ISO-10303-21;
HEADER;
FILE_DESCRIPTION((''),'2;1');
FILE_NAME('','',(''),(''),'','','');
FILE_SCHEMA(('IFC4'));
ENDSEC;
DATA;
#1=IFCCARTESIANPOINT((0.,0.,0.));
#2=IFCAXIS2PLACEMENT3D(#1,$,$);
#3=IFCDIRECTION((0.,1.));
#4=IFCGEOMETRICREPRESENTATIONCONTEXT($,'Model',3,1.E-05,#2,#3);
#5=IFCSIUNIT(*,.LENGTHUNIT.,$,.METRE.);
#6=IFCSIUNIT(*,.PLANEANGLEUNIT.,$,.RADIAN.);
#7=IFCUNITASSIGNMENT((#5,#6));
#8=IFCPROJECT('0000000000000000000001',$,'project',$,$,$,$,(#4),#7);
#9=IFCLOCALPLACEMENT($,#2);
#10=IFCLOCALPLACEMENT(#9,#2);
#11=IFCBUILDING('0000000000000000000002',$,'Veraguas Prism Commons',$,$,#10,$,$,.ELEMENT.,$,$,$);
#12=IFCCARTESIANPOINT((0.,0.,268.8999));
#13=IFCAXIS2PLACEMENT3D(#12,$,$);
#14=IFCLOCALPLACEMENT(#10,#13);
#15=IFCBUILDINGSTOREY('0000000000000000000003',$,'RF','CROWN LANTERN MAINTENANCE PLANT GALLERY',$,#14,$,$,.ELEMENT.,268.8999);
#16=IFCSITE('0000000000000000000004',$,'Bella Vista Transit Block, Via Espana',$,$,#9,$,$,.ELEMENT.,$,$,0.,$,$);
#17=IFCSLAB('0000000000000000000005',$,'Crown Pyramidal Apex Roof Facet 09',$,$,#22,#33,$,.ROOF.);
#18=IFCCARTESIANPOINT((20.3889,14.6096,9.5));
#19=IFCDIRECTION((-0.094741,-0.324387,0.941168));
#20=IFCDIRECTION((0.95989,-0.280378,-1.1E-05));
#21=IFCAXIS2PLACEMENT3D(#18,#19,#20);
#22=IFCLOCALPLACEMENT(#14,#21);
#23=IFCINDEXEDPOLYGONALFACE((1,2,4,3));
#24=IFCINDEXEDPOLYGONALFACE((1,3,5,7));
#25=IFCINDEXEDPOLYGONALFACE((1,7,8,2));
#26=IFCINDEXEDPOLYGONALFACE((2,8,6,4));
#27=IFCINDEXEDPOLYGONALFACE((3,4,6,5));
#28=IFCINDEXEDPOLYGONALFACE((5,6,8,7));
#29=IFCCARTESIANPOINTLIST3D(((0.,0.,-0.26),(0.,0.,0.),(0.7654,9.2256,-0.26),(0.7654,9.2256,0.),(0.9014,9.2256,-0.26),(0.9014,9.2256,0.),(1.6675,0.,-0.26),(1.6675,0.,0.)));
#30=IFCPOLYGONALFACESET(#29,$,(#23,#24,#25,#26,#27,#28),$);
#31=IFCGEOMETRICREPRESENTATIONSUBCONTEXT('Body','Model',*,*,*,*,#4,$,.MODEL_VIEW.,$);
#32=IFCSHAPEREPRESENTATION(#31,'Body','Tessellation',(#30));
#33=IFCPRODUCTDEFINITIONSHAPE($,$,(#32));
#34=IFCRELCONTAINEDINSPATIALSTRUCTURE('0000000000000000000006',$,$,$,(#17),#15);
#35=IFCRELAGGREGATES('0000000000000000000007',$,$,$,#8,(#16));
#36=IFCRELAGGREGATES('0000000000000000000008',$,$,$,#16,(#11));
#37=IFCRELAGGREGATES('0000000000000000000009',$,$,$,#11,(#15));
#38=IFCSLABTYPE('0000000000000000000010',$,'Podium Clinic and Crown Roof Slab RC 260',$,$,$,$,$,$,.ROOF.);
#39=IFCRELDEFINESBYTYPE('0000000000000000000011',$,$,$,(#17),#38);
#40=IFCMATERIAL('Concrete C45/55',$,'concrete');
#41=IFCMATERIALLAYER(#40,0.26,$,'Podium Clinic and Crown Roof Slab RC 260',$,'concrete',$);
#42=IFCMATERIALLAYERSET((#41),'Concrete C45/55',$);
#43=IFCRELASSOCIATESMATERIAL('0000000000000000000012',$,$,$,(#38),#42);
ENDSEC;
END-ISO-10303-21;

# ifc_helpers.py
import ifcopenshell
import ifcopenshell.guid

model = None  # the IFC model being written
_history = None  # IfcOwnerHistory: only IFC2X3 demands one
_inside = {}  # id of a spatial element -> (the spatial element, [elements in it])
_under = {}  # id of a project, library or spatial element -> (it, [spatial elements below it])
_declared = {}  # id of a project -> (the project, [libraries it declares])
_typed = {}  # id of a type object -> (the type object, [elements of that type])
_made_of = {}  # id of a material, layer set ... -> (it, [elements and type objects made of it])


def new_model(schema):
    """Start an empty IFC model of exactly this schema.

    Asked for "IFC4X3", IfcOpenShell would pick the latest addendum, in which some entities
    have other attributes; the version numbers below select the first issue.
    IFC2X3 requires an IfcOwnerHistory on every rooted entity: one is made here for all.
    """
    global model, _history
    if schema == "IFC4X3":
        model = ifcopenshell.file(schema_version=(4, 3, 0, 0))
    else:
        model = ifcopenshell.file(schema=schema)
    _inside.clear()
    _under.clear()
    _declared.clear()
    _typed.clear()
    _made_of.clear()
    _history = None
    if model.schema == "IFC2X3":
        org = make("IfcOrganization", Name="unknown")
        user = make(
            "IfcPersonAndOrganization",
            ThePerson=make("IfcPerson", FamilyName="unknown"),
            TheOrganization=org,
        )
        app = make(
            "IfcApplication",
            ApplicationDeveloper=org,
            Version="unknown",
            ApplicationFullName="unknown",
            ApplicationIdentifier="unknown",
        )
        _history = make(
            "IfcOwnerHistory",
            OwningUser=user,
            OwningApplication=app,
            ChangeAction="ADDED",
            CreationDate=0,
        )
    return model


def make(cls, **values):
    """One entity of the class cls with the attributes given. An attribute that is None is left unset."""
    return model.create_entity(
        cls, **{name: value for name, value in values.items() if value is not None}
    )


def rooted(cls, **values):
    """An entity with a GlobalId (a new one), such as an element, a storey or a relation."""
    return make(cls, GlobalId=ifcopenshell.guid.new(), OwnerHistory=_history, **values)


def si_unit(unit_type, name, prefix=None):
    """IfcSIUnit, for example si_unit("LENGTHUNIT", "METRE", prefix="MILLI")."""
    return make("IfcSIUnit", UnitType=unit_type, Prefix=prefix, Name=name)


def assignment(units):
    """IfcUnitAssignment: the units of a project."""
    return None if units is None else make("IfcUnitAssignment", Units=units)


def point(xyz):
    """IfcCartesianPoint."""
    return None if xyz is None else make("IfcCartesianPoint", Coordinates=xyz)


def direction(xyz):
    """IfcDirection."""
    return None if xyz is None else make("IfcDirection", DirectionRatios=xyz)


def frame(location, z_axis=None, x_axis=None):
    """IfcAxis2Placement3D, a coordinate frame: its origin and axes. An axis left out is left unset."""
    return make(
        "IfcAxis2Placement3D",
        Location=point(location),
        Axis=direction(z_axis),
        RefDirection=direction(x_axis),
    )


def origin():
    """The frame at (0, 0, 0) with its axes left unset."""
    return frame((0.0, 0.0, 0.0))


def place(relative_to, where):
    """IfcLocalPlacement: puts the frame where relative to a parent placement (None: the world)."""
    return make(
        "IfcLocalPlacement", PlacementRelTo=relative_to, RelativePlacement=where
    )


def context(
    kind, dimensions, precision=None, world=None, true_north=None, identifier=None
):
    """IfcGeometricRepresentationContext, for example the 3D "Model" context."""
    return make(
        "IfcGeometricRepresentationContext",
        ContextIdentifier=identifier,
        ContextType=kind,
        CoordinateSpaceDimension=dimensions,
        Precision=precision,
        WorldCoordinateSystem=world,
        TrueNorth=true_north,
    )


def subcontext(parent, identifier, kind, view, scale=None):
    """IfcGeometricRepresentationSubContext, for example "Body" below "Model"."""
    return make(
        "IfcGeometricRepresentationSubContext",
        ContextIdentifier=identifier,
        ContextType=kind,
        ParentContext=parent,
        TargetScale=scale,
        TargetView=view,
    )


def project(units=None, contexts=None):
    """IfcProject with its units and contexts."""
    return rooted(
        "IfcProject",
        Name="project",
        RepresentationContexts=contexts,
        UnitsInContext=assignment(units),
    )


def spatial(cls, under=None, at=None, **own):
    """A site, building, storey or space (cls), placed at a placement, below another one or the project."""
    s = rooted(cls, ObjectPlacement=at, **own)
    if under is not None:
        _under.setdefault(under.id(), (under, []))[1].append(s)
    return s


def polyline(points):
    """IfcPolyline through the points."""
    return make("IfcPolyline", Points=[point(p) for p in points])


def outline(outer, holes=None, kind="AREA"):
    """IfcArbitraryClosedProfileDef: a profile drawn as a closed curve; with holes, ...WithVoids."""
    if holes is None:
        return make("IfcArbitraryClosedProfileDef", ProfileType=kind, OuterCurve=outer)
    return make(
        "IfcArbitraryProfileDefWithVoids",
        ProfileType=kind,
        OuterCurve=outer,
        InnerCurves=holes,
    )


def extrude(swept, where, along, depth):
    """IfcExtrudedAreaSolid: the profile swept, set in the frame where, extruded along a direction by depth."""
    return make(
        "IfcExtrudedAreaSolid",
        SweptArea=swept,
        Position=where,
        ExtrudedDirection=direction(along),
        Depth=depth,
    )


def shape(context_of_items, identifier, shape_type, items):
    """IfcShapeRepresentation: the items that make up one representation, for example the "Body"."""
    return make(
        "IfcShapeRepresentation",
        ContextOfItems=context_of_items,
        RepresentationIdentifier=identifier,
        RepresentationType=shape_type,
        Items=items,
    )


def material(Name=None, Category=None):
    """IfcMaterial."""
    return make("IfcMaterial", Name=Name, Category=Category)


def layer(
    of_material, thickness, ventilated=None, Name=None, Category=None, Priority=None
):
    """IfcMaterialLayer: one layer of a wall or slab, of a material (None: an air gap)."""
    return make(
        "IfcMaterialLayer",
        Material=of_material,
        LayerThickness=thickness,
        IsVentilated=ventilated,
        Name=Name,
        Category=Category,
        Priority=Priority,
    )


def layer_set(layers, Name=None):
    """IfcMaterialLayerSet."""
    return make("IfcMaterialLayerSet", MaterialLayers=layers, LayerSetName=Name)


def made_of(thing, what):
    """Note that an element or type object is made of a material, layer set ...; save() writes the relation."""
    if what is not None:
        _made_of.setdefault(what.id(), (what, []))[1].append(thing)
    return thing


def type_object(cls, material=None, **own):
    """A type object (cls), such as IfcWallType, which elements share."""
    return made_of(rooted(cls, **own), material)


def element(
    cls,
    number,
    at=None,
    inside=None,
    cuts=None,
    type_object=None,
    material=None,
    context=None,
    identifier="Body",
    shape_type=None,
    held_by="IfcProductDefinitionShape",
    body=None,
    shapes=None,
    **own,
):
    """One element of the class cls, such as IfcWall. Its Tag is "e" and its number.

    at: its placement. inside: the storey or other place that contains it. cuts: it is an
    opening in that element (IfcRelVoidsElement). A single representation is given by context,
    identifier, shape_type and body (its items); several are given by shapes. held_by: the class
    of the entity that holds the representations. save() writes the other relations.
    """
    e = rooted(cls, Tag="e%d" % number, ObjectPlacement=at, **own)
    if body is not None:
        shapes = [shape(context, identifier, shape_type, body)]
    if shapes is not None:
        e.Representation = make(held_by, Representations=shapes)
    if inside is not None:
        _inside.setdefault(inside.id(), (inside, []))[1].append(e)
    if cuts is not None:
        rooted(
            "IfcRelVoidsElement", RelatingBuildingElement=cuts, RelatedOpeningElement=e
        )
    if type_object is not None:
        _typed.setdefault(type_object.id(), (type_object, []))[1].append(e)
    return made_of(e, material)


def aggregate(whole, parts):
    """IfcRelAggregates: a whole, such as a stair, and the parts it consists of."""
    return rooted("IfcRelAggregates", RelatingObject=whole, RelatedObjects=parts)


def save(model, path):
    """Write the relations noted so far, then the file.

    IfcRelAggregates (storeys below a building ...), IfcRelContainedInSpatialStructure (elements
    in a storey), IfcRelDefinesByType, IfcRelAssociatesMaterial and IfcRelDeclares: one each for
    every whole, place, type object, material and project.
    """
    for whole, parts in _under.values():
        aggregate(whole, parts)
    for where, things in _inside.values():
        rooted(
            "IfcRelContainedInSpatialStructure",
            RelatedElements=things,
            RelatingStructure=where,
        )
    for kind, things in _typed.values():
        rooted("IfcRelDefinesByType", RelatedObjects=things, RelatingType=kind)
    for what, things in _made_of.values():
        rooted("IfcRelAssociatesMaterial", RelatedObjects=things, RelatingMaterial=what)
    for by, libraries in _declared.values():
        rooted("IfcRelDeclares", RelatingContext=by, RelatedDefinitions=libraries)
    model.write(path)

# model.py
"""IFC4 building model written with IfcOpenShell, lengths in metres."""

from ifc_helpers import new_model, si_unit, direction, frame, origin, place, context, subcontext, project, spatial, polyline, outline, extrude, material, layer, layer_set, type_object, element, save


model = new_model("IFC4")

# Units and contexts
model_context = context("Model", 3, precision=1e-05, world=origin(), true_north=direction((0.0, 1.0)))
body_context = subcontext(model_context, "Body", "Model", "MODEL_VIEW")
ifc_project = project(units=[si_unit("LENGTHUNIT", "METRE"), si_unit("PLANEANGLEUNIT", "RADIAN")], contexts=[model_context])

# Site, building, storey
site_placement = place(None, origin())
site = spatial("IfcSite", under=ifc_project, at=site_placement, Name="Bella Vista Transit Block, Via Espana", CompositionType="ELEMENT", RefElevation=0.0)
building_placement = place(site_placement, origin())
building = spatial("IfcBuilding", under=site, at=building_placement, Name="Veraguas Prism Commons", CompositionType="ELEMENT")
storey_placement = place(building_placement, frame((0.0, 0.0, 268.8999)))
storey = spatial("IfcBuildingStorey", under=building, at=storey_placement, Name="RF", Description="CROWN LANTERN MAINTENANCE PLANT GALLERY", CompositionType="ELEMENT", Elevation=268.8999)

# Slab
ifc_material_1 = material(Name="Concrete C45/55", Category="concrete")
ifc_layer_1 = layer(ifc_material_1, 0.26, Name="Podium Clinic and Crown Roof Slab RC 260", Category="concrete")
ifc_layer_set_1 = layer_set([ifc_layer_1], Name="Concrete C45/55")
slab_type = type_object("IfcSlabType", Name="Podium Clinic and Crown Roof Slab RC 260", PredefinedType="ROOF", material=ifc_layer_set_1)
slab_placement = place(storey_placement, frame((20.3889, 14.6096, 9.5), z_axis=(-0.094741, -0.324387, 0.941168), x_axis=(0.95989, -0.280378, -0.000011)))
element("IfcSlab", 1, at=slab_placement, inside=storey, type_object=slab_type, Name="Crown Pyramidal Apex Roof Facet 09", PredefinedType="ROOF", context=body_context, shape_type="SweptSolid", body=[
    extrude(outline(polyline([(0.0, 0.0), (1.6675, 0.0), (0.9014, 9.2256), (0.7654, 9.2256), (0.0, 0.0)])), origin(), (0.0, 0.0, -1.0), 0.26),
])

save(model, "model.ifc")
